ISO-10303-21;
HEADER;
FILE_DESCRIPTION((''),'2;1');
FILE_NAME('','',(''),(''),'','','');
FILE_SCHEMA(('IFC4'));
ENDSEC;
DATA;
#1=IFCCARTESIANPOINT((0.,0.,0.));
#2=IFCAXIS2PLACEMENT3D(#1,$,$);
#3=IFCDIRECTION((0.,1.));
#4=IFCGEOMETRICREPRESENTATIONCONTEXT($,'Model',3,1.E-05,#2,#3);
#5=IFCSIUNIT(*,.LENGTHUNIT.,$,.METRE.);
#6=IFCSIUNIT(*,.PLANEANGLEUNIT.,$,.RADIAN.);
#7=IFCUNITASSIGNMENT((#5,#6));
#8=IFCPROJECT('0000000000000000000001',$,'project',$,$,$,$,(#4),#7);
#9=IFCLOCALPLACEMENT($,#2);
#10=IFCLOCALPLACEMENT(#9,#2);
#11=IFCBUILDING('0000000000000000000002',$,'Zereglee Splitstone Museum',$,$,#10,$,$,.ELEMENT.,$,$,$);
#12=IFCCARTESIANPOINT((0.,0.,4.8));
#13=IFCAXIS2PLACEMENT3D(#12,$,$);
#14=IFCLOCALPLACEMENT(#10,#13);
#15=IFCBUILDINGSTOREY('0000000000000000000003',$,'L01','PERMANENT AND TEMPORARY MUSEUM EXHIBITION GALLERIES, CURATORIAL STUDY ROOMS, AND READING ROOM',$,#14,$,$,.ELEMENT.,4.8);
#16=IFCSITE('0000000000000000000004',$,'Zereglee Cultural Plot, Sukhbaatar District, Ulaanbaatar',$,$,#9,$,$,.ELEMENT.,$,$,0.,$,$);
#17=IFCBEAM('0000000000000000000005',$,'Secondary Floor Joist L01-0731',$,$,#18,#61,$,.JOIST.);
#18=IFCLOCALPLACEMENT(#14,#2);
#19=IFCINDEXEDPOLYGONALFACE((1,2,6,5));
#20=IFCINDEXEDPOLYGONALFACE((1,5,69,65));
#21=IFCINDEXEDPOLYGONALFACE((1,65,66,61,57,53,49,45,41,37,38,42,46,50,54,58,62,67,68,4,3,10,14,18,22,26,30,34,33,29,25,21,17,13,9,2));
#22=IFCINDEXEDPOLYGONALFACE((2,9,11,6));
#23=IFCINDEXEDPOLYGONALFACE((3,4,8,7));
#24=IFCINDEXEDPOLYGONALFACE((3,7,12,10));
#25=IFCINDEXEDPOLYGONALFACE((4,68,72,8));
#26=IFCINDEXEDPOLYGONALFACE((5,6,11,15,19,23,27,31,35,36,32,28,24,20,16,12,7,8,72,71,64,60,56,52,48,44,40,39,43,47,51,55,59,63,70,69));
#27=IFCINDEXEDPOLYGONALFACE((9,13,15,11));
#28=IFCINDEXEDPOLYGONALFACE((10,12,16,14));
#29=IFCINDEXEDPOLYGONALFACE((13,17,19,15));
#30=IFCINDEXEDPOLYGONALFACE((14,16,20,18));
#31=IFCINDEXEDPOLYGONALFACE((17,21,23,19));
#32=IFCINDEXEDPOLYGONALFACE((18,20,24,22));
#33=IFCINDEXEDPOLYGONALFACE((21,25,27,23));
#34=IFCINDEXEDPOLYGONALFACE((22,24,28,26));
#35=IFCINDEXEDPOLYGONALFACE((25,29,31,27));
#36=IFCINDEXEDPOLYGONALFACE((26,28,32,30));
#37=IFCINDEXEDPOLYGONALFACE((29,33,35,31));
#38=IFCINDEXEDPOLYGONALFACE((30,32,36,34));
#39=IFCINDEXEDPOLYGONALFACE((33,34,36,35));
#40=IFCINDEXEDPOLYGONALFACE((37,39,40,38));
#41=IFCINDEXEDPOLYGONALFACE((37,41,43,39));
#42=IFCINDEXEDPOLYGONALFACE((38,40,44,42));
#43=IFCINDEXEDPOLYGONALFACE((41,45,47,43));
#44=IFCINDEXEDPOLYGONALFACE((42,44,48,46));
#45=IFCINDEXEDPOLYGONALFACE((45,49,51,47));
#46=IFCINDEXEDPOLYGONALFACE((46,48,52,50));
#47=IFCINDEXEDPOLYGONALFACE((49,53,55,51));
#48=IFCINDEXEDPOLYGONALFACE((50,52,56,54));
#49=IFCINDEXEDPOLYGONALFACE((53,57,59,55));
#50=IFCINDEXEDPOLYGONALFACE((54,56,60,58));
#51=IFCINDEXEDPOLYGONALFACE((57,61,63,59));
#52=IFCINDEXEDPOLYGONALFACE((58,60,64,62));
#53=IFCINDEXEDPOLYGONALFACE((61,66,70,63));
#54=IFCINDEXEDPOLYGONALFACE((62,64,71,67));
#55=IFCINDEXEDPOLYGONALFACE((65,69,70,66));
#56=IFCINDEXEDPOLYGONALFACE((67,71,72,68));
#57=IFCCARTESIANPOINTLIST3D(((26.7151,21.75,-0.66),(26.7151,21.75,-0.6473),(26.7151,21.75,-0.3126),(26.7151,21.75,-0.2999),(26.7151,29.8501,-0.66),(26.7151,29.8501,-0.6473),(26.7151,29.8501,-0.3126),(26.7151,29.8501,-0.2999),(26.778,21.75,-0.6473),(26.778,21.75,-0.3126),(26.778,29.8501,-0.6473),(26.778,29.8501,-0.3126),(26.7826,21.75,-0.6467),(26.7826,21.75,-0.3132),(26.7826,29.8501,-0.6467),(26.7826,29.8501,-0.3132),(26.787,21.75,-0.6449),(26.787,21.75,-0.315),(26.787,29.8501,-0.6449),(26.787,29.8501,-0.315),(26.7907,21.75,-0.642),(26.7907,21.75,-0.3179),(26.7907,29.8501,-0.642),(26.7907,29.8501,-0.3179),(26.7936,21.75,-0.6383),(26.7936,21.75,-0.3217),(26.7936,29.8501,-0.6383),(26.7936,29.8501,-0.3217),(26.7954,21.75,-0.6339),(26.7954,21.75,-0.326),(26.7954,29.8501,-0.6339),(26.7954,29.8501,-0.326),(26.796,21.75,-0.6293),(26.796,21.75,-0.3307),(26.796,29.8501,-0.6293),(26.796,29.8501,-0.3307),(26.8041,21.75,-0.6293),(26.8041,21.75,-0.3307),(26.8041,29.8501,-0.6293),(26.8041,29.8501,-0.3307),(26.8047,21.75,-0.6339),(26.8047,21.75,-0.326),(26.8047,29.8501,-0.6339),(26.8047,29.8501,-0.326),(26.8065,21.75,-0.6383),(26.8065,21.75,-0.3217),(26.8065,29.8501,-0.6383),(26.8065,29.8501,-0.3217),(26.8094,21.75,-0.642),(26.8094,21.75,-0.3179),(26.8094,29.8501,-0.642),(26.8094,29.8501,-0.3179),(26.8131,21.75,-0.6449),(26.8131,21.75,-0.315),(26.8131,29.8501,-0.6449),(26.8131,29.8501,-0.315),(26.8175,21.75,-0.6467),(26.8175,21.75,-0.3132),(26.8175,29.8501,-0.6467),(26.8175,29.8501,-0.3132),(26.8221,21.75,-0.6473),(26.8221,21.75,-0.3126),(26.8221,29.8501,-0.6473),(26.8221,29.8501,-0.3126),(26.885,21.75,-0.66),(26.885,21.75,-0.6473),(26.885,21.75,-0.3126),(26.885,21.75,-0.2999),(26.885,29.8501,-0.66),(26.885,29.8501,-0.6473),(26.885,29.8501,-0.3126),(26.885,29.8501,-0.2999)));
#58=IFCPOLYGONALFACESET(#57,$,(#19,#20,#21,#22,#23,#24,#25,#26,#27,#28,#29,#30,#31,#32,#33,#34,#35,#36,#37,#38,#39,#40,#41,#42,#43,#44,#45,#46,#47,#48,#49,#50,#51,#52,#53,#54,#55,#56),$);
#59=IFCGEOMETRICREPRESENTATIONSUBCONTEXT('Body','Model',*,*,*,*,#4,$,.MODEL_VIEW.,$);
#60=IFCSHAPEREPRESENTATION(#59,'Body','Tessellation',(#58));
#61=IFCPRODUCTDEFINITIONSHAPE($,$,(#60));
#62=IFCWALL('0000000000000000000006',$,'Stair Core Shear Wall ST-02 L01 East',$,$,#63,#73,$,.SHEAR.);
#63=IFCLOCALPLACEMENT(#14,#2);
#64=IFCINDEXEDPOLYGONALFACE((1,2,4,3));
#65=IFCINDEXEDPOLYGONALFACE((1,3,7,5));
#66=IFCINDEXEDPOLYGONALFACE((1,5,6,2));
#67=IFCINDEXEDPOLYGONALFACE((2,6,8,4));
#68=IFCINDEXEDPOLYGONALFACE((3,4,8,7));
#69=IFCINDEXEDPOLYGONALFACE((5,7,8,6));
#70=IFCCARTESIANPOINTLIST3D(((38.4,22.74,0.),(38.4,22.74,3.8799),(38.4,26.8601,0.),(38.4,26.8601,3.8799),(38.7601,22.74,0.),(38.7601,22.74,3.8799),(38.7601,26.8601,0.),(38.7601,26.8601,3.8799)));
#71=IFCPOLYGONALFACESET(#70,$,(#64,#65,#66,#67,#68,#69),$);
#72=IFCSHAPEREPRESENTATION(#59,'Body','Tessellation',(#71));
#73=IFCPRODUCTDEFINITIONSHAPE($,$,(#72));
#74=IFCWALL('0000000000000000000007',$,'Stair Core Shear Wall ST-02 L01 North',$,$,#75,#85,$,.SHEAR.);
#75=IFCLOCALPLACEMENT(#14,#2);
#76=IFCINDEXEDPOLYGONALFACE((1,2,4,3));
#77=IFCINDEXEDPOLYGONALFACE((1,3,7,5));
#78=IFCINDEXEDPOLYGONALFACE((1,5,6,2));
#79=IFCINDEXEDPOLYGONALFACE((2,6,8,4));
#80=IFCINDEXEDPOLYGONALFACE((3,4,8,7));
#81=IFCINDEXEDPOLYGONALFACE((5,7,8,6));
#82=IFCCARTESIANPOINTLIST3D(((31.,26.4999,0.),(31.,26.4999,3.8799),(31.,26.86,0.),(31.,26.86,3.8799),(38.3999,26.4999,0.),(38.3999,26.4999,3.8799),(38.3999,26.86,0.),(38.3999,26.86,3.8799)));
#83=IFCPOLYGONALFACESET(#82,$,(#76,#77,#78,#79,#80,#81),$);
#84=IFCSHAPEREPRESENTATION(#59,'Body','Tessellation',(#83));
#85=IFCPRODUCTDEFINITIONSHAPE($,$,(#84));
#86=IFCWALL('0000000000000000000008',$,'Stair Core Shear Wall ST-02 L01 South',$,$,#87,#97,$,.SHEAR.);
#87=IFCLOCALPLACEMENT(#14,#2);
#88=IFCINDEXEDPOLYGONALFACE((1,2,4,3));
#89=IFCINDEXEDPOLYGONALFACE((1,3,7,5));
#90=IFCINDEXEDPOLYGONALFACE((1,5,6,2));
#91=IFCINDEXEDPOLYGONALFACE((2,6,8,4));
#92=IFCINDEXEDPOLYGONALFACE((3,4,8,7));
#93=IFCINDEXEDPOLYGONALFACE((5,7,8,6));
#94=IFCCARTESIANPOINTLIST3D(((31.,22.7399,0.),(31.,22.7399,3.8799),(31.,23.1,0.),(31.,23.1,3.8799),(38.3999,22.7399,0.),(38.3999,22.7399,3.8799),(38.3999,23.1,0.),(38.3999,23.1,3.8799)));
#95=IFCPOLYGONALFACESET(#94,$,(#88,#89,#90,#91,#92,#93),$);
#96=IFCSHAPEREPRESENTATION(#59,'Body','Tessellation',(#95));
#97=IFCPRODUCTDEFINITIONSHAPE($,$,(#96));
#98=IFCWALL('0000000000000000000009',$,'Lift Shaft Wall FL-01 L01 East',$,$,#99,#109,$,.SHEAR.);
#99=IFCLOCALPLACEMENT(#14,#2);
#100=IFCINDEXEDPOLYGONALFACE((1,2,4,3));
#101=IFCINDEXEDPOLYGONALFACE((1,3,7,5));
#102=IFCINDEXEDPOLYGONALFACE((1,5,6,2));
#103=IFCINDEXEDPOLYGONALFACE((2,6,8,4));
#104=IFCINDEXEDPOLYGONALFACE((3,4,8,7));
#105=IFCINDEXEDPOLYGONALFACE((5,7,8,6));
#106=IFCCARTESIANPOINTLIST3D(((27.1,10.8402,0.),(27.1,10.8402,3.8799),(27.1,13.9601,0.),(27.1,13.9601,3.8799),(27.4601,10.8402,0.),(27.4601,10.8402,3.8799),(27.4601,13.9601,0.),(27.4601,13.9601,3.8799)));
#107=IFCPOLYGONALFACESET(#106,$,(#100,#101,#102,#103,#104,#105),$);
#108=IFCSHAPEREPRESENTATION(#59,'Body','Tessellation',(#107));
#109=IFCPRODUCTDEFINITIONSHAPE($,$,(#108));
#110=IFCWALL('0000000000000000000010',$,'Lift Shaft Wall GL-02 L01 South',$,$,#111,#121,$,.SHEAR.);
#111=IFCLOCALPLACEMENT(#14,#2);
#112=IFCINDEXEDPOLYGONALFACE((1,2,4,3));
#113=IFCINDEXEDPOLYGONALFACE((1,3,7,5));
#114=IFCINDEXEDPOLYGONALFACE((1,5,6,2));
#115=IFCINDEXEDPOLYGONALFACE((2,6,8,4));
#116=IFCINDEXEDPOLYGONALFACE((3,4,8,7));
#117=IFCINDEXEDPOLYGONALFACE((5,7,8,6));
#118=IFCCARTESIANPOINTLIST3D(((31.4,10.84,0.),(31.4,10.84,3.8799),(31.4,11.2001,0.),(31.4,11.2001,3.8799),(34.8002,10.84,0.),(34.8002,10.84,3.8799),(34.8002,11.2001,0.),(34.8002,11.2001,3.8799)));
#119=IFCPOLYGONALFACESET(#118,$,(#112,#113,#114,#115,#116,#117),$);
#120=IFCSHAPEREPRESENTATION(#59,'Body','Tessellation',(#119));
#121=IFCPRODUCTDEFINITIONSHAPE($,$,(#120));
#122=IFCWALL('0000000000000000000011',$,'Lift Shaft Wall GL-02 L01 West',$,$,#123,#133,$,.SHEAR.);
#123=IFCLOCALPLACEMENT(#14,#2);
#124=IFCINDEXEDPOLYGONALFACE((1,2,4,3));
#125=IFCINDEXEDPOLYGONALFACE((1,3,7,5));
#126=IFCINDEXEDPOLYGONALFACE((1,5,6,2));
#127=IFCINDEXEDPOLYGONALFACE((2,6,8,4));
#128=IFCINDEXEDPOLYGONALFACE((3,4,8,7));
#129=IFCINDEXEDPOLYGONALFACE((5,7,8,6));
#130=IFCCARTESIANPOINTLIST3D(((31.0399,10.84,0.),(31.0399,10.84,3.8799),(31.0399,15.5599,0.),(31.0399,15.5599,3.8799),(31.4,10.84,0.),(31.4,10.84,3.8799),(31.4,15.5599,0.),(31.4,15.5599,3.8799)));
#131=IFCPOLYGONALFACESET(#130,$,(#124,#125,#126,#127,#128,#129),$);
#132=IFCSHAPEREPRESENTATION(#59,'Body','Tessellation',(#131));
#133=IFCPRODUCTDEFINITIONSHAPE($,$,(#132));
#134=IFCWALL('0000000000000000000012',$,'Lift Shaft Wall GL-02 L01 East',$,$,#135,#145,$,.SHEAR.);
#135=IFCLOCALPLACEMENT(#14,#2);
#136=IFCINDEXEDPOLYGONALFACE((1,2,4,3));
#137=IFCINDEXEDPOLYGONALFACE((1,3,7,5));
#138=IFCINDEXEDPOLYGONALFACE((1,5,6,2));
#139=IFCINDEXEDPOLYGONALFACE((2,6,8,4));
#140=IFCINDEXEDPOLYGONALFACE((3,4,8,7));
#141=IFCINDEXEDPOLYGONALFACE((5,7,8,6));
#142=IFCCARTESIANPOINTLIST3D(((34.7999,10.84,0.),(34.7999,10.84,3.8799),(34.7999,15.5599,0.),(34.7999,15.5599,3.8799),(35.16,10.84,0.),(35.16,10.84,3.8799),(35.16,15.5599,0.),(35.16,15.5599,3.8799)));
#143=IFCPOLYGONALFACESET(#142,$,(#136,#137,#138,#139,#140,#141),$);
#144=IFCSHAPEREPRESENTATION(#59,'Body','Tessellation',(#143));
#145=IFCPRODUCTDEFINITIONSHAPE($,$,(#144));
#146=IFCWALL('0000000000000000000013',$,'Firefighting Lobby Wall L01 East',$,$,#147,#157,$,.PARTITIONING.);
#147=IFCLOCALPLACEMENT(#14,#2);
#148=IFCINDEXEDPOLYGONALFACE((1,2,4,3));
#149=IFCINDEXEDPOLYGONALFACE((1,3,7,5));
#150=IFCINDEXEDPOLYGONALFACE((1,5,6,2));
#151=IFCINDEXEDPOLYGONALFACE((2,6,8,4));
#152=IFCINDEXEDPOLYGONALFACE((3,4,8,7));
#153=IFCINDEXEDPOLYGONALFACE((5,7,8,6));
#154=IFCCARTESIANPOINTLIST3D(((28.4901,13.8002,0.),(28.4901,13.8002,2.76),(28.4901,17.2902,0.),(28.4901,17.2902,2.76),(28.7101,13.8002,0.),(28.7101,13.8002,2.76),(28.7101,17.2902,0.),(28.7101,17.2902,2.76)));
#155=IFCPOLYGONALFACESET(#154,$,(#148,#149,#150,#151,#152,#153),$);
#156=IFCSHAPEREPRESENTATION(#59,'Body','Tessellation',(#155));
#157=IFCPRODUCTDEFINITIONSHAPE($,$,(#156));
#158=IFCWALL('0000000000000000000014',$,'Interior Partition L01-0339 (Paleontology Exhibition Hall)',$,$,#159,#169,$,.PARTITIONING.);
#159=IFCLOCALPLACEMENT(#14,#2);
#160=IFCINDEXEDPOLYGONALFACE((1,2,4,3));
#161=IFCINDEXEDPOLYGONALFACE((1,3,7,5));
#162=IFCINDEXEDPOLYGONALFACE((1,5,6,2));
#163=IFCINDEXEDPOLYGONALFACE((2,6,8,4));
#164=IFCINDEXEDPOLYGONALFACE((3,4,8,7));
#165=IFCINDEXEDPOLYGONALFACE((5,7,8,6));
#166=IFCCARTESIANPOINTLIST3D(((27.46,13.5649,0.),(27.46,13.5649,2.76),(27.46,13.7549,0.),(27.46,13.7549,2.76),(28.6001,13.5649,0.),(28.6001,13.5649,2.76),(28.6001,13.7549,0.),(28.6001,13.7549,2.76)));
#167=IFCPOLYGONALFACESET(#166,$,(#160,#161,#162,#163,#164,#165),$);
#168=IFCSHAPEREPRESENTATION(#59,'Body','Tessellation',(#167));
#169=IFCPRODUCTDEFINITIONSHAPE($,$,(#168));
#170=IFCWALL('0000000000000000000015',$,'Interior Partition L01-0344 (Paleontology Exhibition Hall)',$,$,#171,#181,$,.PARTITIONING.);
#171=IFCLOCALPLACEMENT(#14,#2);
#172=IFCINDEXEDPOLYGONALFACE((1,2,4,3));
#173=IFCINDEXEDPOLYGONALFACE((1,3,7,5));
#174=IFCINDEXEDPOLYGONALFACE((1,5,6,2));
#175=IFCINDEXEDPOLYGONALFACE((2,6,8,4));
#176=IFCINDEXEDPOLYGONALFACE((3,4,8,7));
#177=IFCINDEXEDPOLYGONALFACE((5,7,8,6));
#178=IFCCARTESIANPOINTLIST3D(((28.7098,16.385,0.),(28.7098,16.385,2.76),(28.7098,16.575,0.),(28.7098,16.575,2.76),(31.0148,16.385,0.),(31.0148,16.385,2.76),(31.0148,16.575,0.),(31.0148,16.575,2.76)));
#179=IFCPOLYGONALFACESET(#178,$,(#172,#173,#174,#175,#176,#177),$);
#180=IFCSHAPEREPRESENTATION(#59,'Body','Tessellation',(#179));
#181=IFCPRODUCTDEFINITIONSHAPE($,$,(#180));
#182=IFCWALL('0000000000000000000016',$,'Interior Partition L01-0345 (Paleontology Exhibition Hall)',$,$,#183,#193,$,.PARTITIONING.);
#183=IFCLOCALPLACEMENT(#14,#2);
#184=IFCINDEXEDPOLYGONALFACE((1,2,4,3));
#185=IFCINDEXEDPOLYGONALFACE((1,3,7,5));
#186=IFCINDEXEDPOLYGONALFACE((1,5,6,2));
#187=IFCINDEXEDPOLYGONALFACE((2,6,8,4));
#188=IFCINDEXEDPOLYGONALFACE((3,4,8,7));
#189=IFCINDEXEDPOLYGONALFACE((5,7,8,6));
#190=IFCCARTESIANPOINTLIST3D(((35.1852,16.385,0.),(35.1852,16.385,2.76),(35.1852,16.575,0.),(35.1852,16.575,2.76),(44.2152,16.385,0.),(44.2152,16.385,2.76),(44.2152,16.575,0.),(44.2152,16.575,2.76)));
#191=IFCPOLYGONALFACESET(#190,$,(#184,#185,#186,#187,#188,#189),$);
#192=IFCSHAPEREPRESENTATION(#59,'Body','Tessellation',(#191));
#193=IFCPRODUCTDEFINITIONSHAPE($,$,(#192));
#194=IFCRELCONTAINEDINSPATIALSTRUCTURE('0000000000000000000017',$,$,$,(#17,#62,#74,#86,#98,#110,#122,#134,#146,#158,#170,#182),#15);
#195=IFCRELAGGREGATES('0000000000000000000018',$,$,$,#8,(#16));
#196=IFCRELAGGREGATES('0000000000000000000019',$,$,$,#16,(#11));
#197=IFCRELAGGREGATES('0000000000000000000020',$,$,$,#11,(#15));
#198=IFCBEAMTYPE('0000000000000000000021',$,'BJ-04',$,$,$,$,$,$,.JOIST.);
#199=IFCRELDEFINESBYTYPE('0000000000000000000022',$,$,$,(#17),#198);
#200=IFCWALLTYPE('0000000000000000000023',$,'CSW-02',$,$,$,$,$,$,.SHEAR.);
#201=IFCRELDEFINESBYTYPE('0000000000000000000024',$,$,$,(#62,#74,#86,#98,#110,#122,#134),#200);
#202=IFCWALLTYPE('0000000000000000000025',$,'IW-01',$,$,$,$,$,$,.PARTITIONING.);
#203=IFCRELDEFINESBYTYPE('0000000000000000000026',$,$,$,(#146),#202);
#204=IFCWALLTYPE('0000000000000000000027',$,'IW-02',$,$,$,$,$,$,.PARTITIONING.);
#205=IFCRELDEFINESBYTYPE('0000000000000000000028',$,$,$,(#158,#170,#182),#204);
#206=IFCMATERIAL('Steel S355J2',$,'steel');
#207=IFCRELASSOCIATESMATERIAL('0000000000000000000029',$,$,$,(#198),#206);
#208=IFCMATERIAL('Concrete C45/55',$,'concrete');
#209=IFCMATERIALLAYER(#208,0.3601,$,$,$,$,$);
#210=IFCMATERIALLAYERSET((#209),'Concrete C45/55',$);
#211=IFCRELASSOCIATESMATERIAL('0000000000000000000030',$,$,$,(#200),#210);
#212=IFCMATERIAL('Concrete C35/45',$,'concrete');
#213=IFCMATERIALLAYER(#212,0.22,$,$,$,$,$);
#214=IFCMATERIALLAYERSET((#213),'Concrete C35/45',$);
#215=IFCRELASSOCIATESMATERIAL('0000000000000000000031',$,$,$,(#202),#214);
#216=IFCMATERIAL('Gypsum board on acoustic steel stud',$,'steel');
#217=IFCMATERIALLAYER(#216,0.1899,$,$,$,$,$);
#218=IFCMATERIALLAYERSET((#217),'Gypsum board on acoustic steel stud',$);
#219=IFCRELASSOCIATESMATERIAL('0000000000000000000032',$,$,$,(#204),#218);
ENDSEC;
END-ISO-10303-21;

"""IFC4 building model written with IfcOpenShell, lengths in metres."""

from ifc_helpers import new_model, si_unit, direction, frame, frame_2d, origin, origin_2d, place, context, subcontext, project, spatial, rectangle, i_section, extrude, material, layer, layer_set, material_profile, profile_set, type_object, element, save


model = new_model("IFC4")

# Units and contexts
model_context = context("Model", 3, precision=1e-05, world=origin(), true_north=direction((0.0, 1.0)))
body_context = subcontext(model_context, "Body", "Model", "MODEL_VIEW")
ifc_project = project(units=[si_unit("LENGTHUNIT", "METRE"), si_unit("PLANEANGLEUNIT", "RADIAN")], contexts=[model_context])

# Site, building, storey
site_placement = place(None, origin())
site = spatial("IfcSite", under=ifc_project, at=site_placement, Name="Zereglee Cultural Plot, Sukhbaatar District, Ulaanbaatar", CompositionType="ELEMENT", RefElevation=0.0)
building_placement = place(site_placement, origin())
building = spatial("IfcBuilding", under=site, at=building_placement, Name="Zereglee Splitstone Museum", CompositionType="ELEMENT")
storey_placement = place(building_placement, frame((0.0, 0.0, 4.8)))
storey = spatial("IfcBuildingStorey", under=building, at=storey_placement, Name="L01", Description="PERMANENT AND TEMPORARY MUSEUM EXHIBITION GALLERIES, CURATORIAL STUDY ROOMS, AND READING ROOM", CompositionType="ELEMENT", Elevation=4.8)

# Shared definitions
ifc_material_1 = material(Name="Steel S355J2", Category="steel")

# Beam
ifc_material_profile_1 = material_profile(ifc_material_1, i_section(OverallWidth=0.1699, OverallDepth=0.3601, WebThickness=0.0081, FlangeThickness=0.0127, FilletRadius=0.0181, at=origin_2d()), Name="IPE 360")
ifc_profile_set_1 = profile_set([ifc_material_profile_1], Name="Steel S355J2")
beam_type_1 = type_object("IfcBeamType", Name="BJ-04", PredefinedType="JOIST", material=ifc_profile_set_1)
beam_1_placement = place(storey_placement, frame((26.8, 21.75, -0.48), z_axis=(0.0, 1.0, 0.0), x_axis=(-1.0, 0.0, 0.0)))
element("IfcBeam", 1, at=beam_1_placement, inside=storey, type_object=beam_type_1, Name="Secondary Floor Joist L01-0731", PredefinedType="JOIST", context=body_context, shape_type="SweptSolid", body=[
    extrude(i_section(OverallWidth=0.1699, OverallDepth=0.3601, WebThickness=0.0081, FlangeThickness=0.0127, FilletRadius=0.0181, at=origin_2d()), origin(), (0.0, 0.0, 1.0), 8.1001),
])

# Shared definitions
ifc_material_2 = material(Name="Concrete C45/55", Category="concrete")
ifc_layer_1 = layer(ifc_material_2, 0.3601)
ifc_layer_set_1 = layer_set([ifc_layer_1], Name="Concrete C45/55")
wall_type_1 = type_object("IfcWallType", Name="CSW-02", PredefinedType="SHEAR", material=ifc_layer_set_1)

# Walls
wall_1_placement = place(storey_placement, frame((38.5801, 22.74, 0.0), z_axis=(0.0, 0.0, 1.0), x_axis=(0.0, 1.0, 0.0)))
element("IfcWall", 2, at=wall_1_placement, inside=storey, type_object=wall_type_1, Name="Stair Core Shear Wall ST-02 L01 East", PredefinedType="SHEAR", context=body_context, shape_type="SweptSolid", body=[
    extrude(rectangle(XDim=4.1201, YDim=0.3601, at=frame_2d((2.0601, 0.0))), origin(), (0.0, 0.0, 1.0), 3.8799),
])
for number, where, z_axis, x_axis, name in (
    (3, (31.0, 26.6799, 0.0), (0.0, 0.0, 1.0), (1.0, 0.0, 0.0), "Stair Core Shear Wall ST-02 L01 North"),
    (4, (31.0, 22.9199, 0.0), (0.0, 0.0, 1.0), (1.0, 0.0, 0.0), "Stair Core Shear Wall ST-02 L01 South"),
):
    element("IfcWall", number, at=place(storey_placement, frame(where, z_axis=z_axis, x_axis=x_axis)), inside=storey, type_object=wall_type_1, Name=name, PredefinedType="SHEAR", context=body_context, shape_type="SweptSolid", body=[
        extrude(rectangle(XDim=7.3999, YDim=0.3601, at=frame_2d((3.7, 0.0))), origin(), (0.0, 0.0, 1.0), 3.8799),
    ])
wall_2_placement = place(storey_placement, frame((27.28, 10.8401, 0.0), z_axis=(0.0, 0.0, 1.0), x_axis=(0.0, 1.0, 0.0)))
element("IfcWall", 5, at=wall_2_placement, inside=storey, type_object=wall_type_1, Name="Lift Shaft Wall FL-01 L01 East", PredefinedType="SHEAR", context=body_context, shape_type="SweptSolid", body=[
    extrude(rectangle(XDim=3.1199, YDim=0.3601, at=frame_2d((1.5601, 0.0))), origin(), (0.0, 0.0, 1.0), 3.8799),
])

# Walls
wall_3_placement = place(storey_placement, frame((31.3999, 11.02, 0.0), z_axis=(0.0, 0.0, 1.0), x_axis=(1.0, 0.0, 0.0)))
element("IfcWall", 6, at=wall_3_placement, inside=storey, type_object=wall_type_1, Name="Lift Shaft Wall GL-02 L01 South", PredefinedType="SHEAR", context=body_context, shape_type="SweptSolid", body=[
    extrude(rectangle(XDim=3.4001, YDim=0.3601, at=frame_2d((1.7002, 0.0))), origin(), (0.0, 0.0, 1.0), 3.8799),
])
for number, where, z_axis, x_axis, name in (
    (7, (31.22, 10.8401, 0.0), (0.0, 0.0, 1.0), (0.0, 1.0, 0.0), "Lift Shaft Wall GL-02 L01 West"),
    (8, (34.98, 10.8401, 0.0), (0.0, 0.0, 1.0), (0.0, 1.0, 0.0), "Lift Shaft Wall GL-02 L01 East"),
):
    element("IfcWall", number, at=place(storey_placement, frame(where, z_axis=z_axis, x_axis=x_axis)), inside=storey, type_object=wall_type_1, Name=name, PredefinedType="SHEAR", context=body_context, shape_type="SweptSolid", body=[
        extrude(rectangle(XDim=4.72, YDim=0.3601, at=frame_2d((2.3599, 0.0))), origin(), (0.0, 0.0, 1.0), 3.8799),
    ])
ifc_material_3 = material(Name="Concrete C35/45", Category="concrete")
ifc_layer_2 = layer(ifc_material_3, 0.22)
ifc_layer_set_2 = layer_set([ifc_layer_2], Name="Concrete C35/45")
wall_type_2 = type_object("IfcWallType", Name="IW-01", PredefinedType="PARTITIONING", material=ifc_layer_set_2)
wall_4_placement = place(storey_placement, frame((28.6001, 13.8, 0.0), z_axis=(0.0, 0.0, 1.0), x_axis=(0.0, 1.0, 0.0)))
element("IfcWall", 9, at=wall_4_placement, inside=storey, type_object=wall_type_2, Name="Firefighting Lobby Wall L01 East", PredefinedType="PARTITIONING", context=body_context, shape_type="SweptSolid", body=[
    extrude(rectangle(XDim=3.49, YDim=0.22, at=frame_2d((1.7451, 0.0))), origin(), (0.0, 0.0, 1.0), 2.76),
])
ifc_material_4 = material(Name="Gypsum board on acoustic steel stud", Category="steel")
ifc_layer_3 = layer(ifc_material_4, 0.1899)
ifc_layer_set_3 = layer_set([ifc_layer_3], Name="Gypsum board on acoustic steel stud")
wall_type_3 = type_object("IfcWallType", Name="IW-02", PredefinedType="PARTITIONING", material=ifc_layer_set_3)
wall_5_placement = place(storey_placement, frame((27.46, 13.6599, 0.0), z_axis=(0.0, 0.0, 1.0), x_axis=(1.0, 0.0, 0.0)))
element("IfcWall", 10, at=wall_5_placement, inside=storey, type_object=wall_type_3, Name="Interior Partition L01-0339 (Paleontology Exhibition Hall)", PredefinedType="PARTITIONING", context=body_context, shape_type="SweptSolid", body=[
    extrude(rectangle(XDim=1.1401, YDim=0.1899, at=frame_2d((0.5701, 0.0))), origin(), (0.0, 0.0, 1.0), 2.76),
])
wall_6_placement = place(storey_placement, frame((28.71, 16.48, 0.0), z_axis=(0.0, 0.0, 1.0), x_axis=(1.0, 0.0, 0.0)))
element("IfcWall", 11, at=wall_6_placement, inside=storey, type_object=wall_type_3, Name="Interior Partition L01-0344 (Paleontology Exhibition Hall)", PredefinedType="PARTITIONING", context=body_context, shape_type="SweptSolid", body=[
    extrude(rectangle(XDim=2.3049, YDim=0.1899, at=frame_2d((1.1523, 0.0))), origin(), (0.0, 0.0, 1.0), 2.76),
])
wall_7_placement = place(storey_placement, frame((35.1851, 16.48, 0.0), z_axis=(0.0, 0.0, 1.0), x_axis=(1.0, 0.0, 0.0)))
element("IfcWall", 12, at=wall_7_placement, inside=storey, type_object=wall_type_3, Name="Interior Partition L01-0345 (Paleontology Exhibition Hall)", PredefinedType="PARTITIONING", context=body_context, shape_type="SweptSolid", body=[
    extrude(rectangle(XDim=9.03, YDim=0.1899, at=frame_2d((4.5151, 0.0))), origin(), (0.0, 0.0, 1.0), 2.76),
])

save(model, "model.ifc")
